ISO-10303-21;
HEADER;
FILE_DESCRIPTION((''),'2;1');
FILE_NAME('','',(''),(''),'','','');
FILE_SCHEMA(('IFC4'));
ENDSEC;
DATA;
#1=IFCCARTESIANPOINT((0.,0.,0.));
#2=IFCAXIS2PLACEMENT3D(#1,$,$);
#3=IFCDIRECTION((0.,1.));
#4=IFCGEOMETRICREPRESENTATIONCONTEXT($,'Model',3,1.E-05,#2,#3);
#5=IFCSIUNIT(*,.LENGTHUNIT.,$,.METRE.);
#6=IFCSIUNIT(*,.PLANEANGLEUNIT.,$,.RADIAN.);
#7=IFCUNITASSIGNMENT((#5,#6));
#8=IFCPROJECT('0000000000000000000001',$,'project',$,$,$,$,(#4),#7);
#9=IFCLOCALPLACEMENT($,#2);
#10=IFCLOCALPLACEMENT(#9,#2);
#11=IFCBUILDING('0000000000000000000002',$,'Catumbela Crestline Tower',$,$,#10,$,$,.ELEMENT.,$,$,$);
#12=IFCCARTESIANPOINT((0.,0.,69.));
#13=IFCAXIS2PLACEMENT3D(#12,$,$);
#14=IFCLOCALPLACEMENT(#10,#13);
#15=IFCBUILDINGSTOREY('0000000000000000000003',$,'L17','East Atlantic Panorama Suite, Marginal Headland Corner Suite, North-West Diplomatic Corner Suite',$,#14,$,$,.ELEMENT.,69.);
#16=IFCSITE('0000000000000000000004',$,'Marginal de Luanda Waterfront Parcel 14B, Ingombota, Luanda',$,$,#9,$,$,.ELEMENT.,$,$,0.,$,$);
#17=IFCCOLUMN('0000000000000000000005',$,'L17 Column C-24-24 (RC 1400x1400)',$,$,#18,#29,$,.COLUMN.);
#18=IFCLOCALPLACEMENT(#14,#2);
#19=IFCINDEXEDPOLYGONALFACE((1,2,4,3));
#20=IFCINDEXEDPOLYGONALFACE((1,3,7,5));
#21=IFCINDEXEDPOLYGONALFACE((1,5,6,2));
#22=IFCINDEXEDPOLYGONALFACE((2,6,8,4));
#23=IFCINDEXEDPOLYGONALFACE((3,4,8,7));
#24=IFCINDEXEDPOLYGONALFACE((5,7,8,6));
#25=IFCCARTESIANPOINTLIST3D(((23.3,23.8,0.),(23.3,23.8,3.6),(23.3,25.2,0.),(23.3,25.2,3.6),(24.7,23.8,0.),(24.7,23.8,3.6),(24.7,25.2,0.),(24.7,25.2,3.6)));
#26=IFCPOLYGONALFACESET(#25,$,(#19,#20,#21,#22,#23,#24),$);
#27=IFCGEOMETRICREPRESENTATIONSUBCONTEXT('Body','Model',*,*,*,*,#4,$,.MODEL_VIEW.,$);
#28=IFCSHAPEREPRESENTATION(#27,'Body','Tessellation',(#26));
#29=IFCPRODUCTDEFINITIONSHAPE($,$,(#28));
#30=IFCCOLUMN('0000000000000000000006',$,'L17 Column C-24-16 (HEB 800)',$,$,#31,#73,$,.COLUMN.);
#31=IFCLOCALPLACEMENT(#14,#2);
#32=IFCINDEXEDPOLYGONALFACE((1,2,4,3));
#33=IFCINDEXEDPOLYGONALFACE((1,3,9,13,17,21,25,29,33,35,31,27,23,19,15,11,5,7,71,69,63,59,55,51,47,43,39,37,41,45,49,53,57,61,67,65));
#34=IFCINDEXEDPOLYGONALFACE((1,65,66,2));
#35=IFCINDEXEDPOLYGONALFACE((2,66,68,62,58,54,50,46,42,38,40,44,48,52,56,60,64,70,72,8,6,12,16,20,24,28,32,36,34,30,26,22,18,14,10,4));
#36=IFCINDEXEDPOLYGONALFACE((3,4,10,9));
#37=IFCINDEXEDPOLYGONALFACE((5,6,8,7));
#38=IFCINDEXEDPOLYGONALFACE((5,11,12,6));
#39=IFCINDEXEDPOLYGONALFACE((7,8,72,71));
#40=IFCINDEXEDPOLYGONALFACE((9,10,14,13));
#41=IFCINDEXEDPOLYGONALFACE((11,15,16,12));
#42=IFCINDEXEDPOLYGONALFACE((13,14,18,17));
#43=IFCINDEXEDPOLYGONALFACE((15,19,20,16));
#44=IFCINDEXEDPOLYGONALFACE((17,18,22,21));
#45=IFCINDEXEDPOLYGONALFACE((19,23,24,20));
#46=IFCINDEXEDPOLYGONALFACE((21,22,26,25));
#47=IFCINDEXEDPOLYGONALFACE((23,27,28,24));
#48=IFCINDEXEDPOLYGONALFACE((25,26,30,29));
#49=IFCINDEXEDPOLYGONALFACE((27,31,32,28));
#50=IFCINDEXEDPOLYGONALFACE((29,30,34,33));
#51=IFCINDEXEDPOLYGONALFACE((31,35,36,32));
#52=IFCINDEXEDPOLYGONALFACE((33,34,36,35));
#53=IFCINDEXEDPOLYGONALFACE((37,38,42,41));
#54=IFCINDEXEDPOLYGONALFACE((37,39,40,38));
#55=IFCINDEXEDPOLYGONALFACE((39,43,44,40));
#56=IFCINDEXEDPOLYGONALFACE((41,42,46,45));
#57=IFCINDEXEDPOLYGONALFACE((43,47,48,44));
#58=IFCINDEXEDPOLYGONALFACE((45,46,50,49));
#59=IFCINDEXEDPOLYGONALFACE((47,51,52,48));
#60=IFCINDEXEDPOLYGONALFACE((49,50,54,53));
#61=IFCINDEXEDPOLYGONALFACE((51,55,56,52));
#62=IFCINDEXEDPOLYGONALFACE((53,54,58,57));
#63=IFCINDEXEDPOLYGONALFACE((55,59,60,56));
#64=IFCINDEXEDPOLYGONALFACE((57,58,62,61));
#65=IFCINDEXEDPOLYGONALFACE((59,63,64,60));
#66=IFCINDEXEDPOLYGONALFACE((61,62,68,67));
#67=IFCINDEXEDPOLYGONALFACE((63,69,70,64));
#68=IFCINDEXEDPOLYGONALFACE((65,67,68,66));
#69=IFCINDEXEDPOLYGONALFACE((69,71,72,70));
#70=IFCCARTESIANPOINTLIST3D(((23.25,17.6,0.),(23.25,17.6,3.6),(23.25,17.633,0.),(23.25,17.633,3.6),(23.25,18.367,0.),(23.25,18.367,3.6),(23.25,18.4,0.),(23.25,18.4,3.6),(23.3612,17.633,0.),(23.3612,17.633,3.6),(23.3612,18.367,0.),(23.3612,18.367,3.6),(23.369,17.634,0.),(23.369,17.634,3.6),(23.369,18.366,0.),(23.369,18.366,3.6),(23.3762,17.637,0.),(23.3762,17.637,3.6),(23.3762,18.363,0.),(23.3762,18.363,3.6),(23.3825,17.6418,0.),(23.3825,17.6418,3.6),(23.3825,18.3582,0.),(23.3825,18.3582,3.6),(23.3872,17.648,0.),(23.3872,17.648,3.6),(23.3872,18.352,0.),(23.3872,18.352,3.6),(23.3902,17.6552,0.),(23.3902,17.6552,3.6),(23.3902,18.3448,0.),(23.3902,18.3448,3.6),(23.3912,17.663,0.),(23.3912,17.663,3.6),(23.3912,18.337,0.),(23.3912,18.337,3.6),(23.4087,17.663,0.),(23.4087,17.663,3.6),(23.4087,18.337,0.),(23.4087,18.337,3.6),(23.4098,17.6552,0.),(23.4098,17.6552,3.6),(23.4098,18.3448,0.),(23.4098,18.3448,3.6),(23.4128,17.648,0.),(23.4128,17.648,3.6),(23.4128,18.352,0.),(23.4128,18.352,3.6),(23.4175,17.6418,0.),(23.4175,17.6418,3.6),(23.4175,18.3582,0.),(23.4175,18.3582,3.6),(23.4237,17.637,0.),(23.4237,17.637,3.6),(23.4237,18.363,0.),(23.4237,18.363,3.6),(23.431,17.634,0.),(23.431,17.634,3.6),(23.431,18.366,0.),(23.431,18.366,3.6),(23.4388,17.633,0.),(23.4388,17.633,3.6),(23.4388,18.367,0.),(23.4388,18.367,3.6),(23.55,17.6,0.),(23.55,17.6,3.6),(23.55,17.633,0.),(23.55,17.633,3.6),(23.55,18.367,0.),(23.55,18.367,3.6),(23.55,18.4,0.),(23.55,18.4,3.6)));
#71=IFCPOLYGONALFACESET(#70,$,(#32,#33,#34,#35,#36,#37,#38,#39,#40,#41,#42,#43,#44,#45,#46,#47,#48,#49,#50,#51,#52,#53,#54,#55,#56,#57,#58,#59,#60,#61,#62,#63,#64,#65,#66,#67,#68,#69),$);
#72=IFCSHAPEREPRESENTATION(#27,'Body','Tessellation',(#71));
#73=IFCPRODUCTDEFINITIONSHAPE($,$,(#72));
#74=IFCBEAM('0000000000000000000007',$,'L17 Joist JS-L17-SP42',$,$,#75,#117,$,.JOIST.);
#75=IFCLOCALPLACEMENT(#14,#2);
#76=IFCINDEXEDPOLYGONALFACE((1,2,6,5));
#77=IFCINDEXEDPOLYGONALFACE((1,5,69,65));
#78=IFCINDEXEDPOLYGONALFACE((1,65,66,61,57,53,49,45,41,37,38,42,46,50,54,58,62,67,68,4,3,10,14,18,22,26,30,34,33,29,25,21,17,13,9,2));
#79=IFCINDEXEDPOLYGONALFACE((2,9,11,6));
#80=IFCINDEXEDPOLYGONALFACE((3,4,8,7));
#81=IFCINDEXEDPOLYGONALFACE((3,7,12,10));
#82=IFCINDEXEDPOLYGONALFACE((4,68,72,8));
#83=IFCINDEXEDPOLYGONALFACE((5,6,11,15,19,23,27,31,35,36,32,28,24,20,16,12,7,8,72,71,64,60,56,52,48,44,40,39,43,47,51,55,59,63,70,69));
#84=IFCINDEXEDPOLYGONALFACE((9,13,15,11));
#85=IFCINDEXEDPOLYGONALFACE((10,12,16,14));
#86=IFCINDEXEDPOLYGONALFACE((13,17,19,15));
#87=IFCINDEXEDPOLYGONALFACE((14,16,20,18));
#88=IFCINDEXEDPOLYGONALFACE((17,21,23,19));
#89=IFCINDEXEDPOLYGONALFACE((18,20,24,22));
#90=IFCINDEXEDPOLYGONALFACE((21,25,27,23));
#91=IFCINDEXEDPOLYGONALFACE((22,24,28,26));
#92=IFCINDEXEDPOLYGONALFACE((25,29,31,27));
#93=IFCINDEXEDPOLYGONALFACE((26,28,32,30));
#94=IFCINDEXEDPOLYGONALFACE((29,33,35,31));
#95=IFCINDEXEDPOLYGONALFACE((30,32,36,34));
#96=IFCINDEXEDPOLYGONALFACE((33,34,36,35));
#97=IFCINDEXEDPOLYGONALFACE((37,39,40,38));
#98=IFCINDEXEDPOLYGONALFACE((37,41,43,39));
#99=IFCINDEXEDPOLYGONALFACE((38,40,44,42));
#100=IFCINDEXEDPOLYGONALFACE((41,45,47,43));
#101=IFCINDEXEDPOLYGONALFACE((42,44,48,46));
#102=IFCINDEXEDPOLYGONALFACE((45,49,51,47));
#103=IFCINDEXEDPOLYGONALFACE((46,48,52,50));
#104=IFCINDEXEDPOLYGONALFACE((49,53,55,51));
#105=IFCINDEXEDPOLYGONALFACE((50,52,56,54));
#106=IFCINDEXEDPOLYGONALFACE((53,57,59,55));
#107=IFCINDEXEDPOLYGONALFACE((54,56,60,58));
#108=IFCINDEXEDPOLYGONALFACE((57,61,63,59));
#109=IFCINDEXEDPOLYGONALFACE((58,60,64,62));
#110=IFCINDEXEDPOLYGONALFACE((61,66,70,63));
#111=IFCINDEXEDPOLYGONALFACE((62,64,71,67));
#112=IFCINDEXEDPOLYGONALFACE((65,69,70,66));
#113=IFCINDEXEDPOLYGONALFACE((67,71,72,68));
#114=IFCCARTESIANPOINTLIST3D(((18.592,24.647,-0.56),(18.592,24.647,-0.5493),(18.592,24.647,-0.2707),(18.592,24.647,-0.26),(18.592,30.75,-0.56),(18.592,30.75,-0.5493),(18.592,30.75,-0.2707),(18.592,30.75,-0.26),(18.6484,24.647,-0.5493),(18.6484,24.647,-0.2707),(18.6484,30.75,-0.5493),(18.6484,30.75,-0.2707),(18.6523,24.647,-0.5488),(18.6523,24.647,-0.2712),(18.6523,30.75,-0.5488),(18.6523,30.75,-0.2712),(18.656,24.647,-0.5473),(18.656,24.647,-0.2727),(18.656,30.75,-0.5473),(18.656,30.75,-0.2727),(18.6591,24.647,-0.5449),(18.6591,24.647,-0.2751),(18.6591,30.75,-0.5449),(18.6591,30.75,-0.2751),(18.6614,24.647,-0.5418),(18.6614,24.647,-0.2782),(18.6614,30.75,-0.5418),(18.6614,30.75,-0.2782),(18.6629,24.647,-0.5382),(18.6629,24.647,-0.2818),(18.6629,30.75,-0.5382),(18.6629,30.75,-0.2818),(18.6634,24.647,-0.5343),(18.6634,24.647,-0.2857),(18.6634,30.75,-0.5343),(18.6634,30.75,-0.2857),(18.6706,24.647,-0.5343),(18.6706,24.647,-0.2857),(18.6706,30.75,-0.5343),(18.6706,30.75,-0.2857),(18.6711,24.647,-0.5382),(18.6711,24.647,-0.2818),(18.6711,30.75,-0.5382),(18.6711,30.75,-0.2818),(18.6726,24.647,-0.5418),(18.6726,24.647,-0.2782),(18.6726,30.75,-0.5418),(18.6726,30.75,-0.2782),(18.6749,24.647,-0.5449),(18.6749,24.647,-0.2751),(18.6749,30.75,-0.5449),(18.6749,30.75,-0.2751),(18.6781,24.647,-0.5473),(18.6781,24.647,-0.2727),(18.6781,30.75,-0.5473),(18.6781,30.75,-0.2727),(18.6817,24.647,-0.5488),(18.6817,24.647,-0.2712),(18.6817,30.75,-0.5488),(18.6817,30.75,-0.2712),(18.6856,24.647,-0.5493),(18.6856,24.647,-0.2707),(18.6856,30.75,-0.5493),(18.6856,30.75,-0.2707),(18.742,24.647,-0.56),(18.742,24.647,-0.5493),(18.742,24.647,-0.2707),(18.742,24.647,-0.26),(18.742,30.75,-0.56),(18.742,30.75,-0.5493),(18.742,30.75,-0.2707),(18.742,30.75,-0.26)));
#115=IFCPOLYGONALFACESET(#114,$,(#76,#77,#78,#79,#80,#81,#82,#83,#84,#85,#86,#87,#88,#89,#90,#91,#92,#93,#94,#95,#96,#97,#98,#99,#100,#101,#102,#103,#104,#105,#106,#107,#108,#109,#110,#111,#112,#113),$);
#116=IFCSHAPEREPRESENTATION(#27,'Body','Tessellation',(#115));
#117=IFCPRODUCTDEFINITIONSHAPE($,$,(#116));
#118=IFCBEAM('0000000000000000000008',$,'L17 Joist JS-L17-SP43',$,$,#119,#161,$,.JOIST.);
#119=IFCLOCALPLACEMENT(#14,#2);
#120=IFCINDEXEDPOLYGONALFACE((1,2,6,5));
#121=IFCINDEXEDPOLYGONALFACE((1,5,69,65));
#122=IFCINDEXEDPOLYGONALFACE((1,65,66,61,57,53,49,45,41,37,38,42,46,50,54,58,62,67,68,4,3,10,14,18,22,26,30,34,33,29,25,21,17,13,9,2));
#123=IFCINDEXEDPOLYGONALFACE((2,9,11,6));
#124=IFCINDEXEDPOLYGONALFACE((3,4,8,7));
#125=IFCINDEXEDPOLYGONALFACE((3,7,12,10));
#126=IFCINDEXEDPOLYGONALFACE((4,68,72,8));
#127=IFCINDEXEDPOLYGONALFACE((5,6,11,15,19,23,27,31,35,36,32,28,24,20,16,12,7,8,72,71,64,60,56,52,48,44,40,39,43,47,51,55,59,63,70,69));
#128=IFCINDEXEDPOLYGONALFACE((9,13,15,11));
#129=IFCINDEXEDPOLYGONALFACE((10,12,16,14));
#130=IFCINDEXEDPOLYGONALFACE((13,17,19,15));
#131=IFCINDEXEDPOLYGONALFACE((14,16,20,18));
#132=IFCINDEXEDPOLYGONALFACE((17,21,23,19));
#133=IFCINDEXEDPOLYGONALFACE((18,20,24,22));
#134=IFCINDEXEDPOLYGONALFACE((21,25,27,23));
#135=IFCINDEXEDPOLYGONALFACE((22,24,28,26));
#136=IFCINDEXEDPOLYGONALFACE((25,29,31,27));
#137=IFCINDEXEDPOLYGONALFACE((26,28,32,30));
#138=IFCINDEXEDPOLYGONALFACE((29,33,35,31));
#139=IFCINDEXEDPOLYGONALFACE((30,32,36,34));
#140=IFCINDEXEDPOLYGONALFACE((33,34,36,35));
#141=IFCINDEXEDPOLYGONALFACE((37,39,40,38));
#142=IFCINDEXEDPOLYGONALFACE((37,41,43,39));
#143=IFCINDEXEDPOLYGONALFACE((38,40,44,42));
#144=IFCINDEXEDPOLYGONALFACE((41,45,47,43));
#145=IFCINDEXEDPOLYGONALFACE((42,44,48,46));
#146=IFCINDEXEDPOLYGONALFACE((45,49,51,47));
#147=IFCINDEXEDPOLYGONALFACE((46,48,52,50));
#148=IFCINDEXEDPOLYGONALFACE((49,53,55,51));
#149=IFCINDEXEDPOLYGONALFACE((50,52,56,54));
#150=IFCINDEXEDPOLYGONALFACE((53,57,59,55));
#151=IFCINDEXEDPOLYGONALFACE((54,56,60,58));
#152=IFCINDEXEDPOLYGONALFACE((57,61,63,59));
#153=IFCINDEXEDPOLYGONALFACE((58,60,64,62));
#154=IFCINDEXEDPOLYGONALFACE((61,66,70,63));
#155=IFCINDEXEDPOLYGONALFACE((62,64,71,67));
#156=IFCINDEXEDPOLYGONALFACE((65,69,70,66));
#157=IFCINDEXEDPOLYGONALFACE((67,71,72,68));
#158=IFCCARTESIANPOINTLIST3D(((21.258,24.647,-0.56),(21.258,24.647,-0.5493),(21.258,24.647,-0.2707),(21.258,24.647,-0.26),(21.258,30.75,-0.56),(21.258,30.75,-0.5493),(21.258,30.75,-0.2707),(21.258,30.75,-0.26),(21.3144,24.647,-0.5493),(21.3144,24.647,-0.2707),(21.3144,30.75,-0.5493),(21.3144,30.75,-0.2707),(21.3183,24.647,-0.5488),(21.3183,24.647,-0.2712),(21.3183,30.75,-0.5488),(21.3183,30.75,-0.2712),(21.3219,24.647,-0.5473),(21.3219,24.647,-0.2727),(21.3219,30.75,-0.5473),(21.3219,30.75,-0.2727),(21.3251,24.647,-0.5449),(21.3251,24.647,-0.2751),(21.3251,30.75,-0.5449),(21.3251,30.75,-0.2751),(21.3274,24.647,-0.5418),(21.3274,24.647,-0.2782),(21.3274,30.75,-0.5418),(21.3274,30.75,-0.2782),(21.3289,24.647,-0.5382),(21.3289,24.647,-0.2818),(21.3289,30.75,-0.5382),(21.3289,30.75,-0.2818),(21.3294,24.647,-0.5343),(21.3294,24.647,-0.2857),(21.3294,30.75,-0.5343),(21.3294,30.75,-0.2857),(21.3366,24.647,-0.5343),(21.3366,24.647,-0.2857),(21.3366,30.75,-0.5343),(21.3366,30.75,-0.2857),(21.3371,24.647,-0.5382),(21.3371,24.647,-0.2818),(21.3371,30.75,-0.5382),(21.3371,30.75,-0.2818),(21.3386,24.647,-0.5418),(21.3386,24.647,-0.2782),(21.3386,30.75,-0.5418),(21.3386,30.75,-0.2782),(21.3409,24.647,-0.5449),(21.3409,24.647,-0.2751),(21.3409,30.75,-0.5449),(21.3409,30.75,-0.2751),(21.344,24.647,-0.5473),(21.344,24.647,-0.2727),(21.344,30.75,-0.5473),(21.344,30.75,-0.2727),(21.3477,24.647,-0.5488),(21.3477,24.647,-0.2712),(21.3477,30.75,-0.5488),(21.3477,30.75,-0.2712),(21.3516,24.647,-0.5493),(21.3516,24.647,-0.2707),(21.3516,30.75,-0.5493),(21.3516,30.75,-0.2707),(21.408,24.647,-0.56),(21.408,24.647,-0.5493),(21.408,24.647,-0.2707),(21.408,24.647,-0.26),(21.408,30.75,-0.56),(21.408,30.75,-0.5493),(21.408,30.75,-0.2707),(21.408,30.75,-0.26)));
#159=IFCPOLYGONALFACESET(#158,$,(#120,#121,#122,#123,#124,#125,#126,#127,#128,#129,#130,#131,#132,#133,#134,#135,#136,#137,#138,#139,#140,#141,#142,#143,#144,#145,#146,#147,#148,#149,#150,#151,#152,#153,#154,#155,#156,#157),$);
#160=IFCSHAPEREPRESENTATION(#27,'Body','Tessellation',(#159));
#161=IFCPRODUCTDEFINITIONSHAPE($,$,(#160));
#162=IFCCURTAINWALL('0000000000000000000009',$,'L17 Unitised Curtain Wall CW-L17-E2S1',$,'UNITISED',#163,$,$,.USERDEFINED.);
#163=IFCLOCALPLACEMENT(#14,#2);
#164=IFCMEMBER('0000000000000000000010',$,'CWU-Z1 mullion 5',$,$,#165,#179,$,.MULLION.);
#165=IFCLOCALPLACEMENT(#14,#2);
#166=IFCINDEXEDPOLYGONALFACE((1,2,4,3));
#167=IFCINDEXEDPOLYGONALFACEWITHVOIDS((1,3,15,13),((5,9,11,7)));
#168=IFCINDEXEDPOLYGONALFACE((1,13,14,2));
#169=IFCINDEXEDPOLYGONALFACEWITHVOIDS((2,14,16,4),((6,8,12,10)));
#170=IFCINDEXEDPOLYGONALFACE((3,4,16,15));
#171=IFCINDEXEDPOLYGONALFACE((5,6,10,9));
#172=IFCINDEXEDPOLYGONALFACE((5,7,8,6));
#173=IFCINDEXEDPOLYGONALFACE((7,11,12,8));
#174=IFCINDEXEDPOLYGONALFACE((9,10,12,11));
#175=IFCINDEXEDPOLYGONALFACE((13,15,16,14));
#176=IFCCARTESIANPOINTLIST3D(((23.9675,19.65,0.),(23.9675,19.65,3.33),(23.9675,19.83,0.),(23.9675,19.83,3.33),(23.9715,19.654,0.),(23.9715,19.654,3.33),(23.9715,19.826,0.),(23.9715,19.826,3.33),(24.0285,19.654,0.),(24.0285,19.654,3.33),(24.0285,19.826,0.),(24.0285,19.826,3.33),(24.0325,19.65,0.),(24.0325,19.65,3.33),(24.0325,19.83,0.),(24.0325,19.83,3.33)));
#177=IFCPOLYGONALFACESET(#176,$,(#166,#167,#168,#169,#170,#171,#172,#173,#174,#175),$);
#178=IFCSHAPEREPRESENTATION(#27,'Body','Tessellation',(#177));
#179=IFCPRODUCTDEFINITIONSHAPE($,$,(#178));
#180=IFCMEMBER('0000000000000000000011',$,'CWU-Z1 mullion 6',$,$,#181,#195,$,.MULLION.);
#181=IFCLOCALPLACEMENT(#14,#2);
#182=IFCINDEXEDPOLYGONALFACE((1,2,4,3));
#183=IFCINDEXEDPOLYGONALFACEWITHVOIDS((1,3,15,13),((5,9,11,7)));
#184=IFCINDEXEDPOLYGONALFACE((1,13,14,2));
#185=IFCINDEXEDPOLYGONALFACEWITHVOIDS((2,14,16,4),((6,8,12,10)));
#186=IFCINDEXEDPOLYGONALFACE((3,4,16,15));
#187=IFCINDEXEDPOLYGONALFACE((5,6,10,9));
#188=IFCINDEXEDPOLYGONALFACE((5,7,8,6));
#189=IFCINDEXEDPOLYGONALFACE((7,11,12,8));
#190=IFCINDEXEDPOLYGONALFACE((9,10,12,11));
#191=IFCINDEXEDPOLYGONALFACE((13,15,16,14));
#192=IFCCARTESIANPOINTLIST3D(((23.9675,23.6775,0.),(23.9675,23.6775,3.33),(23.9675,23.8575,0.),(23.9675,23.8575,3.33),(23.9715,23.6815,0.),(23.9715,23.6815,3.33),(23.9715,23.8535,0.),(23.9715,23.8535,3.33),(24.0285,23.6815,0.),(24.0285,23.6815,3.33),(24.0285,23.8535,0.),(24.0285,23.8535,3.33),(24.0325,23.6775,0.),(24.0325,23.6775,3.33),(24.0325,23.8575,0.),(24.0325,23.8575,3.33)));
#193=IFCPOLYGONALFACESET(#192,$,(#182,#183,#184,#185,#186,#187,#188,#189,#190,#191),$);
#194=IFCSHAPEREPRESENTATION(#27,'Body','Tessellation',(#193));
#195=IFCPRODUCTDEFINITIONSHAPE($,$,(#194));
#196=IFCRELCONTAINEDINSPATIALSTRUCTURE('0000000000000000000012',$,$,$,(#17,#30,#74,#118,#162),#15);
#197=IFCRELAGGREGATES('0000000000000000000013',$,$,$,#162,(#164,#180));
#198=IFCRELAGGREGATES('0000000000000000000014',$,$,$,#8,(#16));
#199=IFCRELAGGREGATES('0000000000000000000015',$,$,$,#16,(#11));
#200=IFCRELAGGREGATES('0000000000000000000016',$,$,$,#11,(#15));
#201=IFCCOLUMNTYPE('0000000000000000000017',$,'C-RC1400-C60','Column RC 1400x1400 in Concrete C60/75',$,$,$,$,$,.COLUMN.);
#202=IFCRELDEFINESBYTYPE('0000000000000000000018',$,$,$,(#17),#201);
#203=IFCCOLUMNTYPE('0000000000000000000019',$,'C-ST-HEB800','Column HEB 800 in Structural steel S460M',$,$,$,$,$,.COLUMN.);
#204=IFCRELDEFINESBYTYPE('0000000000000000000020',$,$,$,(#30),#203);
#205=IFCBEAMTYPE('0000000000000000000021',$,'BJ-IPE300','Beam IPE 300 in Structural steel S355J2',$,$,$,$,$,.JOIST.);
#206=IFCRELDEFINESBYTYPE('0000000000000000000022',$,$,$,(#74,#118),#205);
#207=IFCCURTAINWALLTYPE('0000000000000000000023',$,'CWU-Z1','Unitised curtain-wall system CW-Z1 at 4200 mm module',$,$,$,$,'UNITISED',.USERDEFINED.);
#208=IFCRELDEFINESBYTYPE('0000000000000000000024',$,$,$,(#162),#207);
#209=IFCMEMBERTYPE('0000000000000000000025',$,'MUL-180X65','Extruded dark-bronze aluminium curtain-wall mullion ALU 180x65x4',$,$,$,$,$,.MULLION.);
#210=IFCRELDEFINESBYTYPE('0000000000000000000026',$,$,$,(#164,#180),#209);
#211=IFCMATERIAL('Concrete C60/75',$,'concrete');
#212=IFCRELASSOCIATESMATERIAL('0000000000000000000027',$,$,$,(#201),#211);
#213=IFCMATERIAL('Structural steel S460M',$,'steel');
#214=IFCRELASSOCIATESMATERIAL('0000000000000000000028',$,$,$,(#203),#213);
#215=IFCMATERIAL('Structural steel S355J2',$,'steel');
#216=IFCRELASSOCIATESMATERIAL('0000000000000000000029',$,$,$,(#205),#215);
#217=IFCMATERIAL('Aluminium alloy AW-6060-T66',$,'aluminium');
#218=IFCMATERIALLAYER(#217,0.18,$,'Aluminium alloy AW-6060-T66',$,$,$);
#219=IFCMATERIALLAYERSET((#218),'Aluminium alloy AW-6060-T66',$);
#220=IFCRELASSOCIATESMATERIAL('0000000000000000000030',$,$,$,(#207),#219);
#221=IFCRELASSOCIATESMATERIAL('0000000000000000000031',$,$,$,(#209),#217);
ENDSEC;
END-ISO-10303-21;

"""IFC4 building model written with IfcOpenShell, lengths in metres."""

from ifc_helpers import new_model, si_unit, direction, frame, origin, origin_2d, place, context, subcontext, project, spatial, rectangle, hollow_rectangle, i_section, extrude, material, layer, layer_set, material_profile, profile_set, type_object, element, aggregate, save


model = new_model("IFC4")

# Units and contexts
model_context = context("Model", 3, precision=1e-05, world=origin(), true_north=direction((0.0, 1.0)))
body_context = subcontext(model_context, "Body", "Model", "MODEL_VIEW")
ifc_project = project(units=[si_unit("LENGTHUNIT", "METRE"), si_unit("PLANEANGLEUNIT", "RADIAN")], contexts=[model_context])

# Site, building, storey
site_placement = place(None, origin())
site = spatial("IfcSite", under=ifc_project, at=site_placement, Name="Marginal de Luanda Waterfront Parcel 14B, Ingombota, Luanda", CompositionType="ELEMENT", RefElevation=0.0)
building_placement = place(site_placement, origin())
building = spatial("IfcBuilding", under=site, at=building_placement, Name="Catumbela Crestline Tower", CompositionType="ELEMENT")
storey_placement = place(building_placement, frame((0.0, 0.0, 69.0)))
storey = spatial("IfcBuildingStorey", under=building, at=storey_placement, Name="L17", Description="East Atlantic Panorama Suite, Marginal Headland Corner Suite, North-West Diplomatic Corner Suite", CompositionType="ELEMENT", Elevation=69.0)

# Columns
ifc_material_1 = material(Name="Concrete C60/75", Category="concrete")
ifc_material_profile_1 = material_profile(ifc_material_1, rectangle(XDim=1.4, YDim=1.4, at=origin_2d()), Name="RC 1400x1400")
ifc_profile_set_1 = profile_set([ifc_material_profile_1], Name="Concrete C60/75")
column_type_1 = type_object("IfcColumnType", Name="C-RC1400-C60", Description="Column RC 1400x1400 in Concrete C60/75", PredefinedType="COLUMN", material=ifc_profile_set_1)
column_1_placement = place(storey_placement, frame((24.0, 24.5, 0.0), z_axis=(0.0, 0.0, 1.0), x_axis=(1.0, 0.0, 0.0)))
element("IfcColumn", 1, at=column_1_placement, inside=storey, type_object=column_type_1, Name="L17 Column C-24-24 (RC 1400x1400)", PredefinedType="COLUMN", context=body_context, shape_type="SweptSolid", body=[
    extrude(rectangle(XDim=1.4, YDim=1.4, at=origin_2d()), origin(), (0.0, 0.0, 1.0), 3.6),
])
ifc_material_2 = material(Name="Structural steel S460M", Category="steel")
ifc_material_profile_2 = material_profile(ifc_material_2, i_section(OverallWidth=0.3, OverallDepth=0.8, WebThickness=0.0175, FlangeThickness=0.033, FilletRadius=0.03, at=origin_2d()), Name="HEB 800")
ifc_profile_set_2 = profile_set([ifc_material_profile_2], Name="Structural steel S460M")
column_type_2 = type_object("IfcColumnType", Name="C-ST-HEB800", Description="Column HEB 800 in Structural steel S460M", PredefinedType="COLUMN", material=ifc_profile_set_2)
column_2_placement = place(storey_placement, frame((23.4, 18.0, 0.0), z_axis=(0.0, 0.0, 1.0), x_axis=(1.0, 0.0, 0.0)))
element("IfcColumn", 2, at=column_2_placement, inside=storey, type_object=column_type_2, Name="L17 Column C-24-16 (HEB 800)", PredefinedType="COLUMN", context=body_context, shape_type="SweptSolid", body=[
    extrude(i_section(OverallWidth=0.3, OverallDepth=0.8, WebThickness=0.0175, FlangeThickness=0.033, FilletRadius=0.03, at=origin_2d()), origin(), (0.0, 0.0, 1.0), 3.6),
])

# Beams
ifc_material_3 = material(Name="Structural steel S355J2", Category="steel")
ifc_material_profile_3 = material_profile(ifc_material_3, i_section(OverallWidth=0.15, OverallDepth=0.3, WebThickness=0.0071, FlangeThickness=0.0107, FilletRadius=0.015, at=origin_2d()), Name="IPE 300")
ifc_profile_set_3 = profile_set([ifc_material_profile_3], Name="Structural steel S355J2")
beam_type_1 = type_object("IfcBeamType", Name="BJ-IPE300", Description="Beam IPE 300 in Structural steel S355J2", PredefinedType="JOIST", material=ifc_profile_set_3)
for number, where, z_axis, x_axis, name in (
    (3, (18.667, 24.647, -0.41), (0.0, 1.0, 0.0), (-1.0, 0.0, 0.0), "L17 Joist JS-L17-SP42"),
    (4, (21.333, 24.647, -0.41), (0.0, 1.0, 0.0), (-1.0, 0.0, 0.0), "L17 Joist JS-L17-SP43"),
):
    element("IfcBeam", number, at=place(storey_placement, frame(where, z_axis=z_axis, x_axis=x_axis)), inside=storey, type_object=beam_type_1, Name=name, PredefinedType="JOIST", context=body_context, shape_type="SweptSolid", body=[
        extrude(i_section(OverallWidth=0.15, OverallDepth=0.3, WebThickness=0.0071, FlangeThickness=0.0107, FilletRadius=0.015, at=origin_2d()), origin(), (0.0, 0.0, 1.0), 6.103),
    ])

# Curtain wall, members
ifc_material_4 = material(Name="Aluminium alloy AW-6060-T66", Category="aluminium")
ifc_layer_1 = layer(ifc_material_4, 0.18, Name="Aluminium alloy AW-6060-T66")
ifc_layer_set_1 = layer_set([ifc_layer_1], Name="Aluminium alloy AW-6060-T66")
curtain_wall_type = type_object("IfcCurtainWallType", Name="CWU-Z1", Description="Unitised curtain-wall system CW-Z1 at 4200 mm module", ElementType="UNITISED", PredefinedType="USERDEFINED", material=ifc_layer_set_1)
curtain_wall_1_placement = place(storey_placement, origin())
curtain_wall_1 = element("IfcCurtainWall", 5, at=curtain_wall_1_placement, inside=storey, type_object=curtain_wall_type, Name="L17 Unitised Curtain Wall CW-L17-E2S1", ObjectType="UNITISED", PredefinedType="USERDEFINED")
ifc_material_profile_4 = material_profile(ifc_material_4, hollow_rectangle(XDim=0.065, YDim=0.18, WallThickness=0.004, at=origin_2d()), Name="ALU 180x65x4")
ifc_profile_set_4 = profile_set([ifc_material_profile_4], Name="Aluminium alloy AW-6060-T66")
member_type_1 = type_object("IfcMemberType", Name="MUL-180X65", Description="Extruded dark-bronze aluminium curtain-wall mullion ALU 180x65x4", PredefinedType="MULLION", material=ifc_profile_set_4)
member_1_placement = place(storey_placement, frame((24.0, 19.74, 0.0), z_axis=(0.0, 0.0, 1.0), x_axis=(-1.0, 0.0, 0.0)))
member_1 = element("IfcMember", 6, at=member_1_placement, type_object=member_type_1, Name="CWU-Z1 mullion 5", PredefinedType="MULLION", context=body_context, shape_type="SweptSolid", body=[
    extrude(hollow_rectangle(XDim=0.065, YDim=0.18, WallThickness=0.004, at=origin_2d()), origin(), (0.0, 0.0, 1.0), 3.33),
])
member_2_placement = place(storey_placement, frame((24.0, 23.7675, 0.0), z_axis=(0.0, 0.0, 1.0), x_axis=(-1.0, 0.0, 0.0)))
member_2 = element("IfcMember", 7, at=member_2_placement, type_object=member_type_1, Name="CWU-Z1 mullion 6", PredefinedType="MULLION", context=body_context, shape_type="SweptSolid", body=[
    extrude(hollow_rectangle(XDim=0.065, YDim=0.18, WallThickness=0.004, at=origin_2d()), origin(), (0.0, 0.0, 1.0), 3.33),
])

aggregate(curtain_wall_1, [member_1, member_2])

save(model, "model.ifc")
